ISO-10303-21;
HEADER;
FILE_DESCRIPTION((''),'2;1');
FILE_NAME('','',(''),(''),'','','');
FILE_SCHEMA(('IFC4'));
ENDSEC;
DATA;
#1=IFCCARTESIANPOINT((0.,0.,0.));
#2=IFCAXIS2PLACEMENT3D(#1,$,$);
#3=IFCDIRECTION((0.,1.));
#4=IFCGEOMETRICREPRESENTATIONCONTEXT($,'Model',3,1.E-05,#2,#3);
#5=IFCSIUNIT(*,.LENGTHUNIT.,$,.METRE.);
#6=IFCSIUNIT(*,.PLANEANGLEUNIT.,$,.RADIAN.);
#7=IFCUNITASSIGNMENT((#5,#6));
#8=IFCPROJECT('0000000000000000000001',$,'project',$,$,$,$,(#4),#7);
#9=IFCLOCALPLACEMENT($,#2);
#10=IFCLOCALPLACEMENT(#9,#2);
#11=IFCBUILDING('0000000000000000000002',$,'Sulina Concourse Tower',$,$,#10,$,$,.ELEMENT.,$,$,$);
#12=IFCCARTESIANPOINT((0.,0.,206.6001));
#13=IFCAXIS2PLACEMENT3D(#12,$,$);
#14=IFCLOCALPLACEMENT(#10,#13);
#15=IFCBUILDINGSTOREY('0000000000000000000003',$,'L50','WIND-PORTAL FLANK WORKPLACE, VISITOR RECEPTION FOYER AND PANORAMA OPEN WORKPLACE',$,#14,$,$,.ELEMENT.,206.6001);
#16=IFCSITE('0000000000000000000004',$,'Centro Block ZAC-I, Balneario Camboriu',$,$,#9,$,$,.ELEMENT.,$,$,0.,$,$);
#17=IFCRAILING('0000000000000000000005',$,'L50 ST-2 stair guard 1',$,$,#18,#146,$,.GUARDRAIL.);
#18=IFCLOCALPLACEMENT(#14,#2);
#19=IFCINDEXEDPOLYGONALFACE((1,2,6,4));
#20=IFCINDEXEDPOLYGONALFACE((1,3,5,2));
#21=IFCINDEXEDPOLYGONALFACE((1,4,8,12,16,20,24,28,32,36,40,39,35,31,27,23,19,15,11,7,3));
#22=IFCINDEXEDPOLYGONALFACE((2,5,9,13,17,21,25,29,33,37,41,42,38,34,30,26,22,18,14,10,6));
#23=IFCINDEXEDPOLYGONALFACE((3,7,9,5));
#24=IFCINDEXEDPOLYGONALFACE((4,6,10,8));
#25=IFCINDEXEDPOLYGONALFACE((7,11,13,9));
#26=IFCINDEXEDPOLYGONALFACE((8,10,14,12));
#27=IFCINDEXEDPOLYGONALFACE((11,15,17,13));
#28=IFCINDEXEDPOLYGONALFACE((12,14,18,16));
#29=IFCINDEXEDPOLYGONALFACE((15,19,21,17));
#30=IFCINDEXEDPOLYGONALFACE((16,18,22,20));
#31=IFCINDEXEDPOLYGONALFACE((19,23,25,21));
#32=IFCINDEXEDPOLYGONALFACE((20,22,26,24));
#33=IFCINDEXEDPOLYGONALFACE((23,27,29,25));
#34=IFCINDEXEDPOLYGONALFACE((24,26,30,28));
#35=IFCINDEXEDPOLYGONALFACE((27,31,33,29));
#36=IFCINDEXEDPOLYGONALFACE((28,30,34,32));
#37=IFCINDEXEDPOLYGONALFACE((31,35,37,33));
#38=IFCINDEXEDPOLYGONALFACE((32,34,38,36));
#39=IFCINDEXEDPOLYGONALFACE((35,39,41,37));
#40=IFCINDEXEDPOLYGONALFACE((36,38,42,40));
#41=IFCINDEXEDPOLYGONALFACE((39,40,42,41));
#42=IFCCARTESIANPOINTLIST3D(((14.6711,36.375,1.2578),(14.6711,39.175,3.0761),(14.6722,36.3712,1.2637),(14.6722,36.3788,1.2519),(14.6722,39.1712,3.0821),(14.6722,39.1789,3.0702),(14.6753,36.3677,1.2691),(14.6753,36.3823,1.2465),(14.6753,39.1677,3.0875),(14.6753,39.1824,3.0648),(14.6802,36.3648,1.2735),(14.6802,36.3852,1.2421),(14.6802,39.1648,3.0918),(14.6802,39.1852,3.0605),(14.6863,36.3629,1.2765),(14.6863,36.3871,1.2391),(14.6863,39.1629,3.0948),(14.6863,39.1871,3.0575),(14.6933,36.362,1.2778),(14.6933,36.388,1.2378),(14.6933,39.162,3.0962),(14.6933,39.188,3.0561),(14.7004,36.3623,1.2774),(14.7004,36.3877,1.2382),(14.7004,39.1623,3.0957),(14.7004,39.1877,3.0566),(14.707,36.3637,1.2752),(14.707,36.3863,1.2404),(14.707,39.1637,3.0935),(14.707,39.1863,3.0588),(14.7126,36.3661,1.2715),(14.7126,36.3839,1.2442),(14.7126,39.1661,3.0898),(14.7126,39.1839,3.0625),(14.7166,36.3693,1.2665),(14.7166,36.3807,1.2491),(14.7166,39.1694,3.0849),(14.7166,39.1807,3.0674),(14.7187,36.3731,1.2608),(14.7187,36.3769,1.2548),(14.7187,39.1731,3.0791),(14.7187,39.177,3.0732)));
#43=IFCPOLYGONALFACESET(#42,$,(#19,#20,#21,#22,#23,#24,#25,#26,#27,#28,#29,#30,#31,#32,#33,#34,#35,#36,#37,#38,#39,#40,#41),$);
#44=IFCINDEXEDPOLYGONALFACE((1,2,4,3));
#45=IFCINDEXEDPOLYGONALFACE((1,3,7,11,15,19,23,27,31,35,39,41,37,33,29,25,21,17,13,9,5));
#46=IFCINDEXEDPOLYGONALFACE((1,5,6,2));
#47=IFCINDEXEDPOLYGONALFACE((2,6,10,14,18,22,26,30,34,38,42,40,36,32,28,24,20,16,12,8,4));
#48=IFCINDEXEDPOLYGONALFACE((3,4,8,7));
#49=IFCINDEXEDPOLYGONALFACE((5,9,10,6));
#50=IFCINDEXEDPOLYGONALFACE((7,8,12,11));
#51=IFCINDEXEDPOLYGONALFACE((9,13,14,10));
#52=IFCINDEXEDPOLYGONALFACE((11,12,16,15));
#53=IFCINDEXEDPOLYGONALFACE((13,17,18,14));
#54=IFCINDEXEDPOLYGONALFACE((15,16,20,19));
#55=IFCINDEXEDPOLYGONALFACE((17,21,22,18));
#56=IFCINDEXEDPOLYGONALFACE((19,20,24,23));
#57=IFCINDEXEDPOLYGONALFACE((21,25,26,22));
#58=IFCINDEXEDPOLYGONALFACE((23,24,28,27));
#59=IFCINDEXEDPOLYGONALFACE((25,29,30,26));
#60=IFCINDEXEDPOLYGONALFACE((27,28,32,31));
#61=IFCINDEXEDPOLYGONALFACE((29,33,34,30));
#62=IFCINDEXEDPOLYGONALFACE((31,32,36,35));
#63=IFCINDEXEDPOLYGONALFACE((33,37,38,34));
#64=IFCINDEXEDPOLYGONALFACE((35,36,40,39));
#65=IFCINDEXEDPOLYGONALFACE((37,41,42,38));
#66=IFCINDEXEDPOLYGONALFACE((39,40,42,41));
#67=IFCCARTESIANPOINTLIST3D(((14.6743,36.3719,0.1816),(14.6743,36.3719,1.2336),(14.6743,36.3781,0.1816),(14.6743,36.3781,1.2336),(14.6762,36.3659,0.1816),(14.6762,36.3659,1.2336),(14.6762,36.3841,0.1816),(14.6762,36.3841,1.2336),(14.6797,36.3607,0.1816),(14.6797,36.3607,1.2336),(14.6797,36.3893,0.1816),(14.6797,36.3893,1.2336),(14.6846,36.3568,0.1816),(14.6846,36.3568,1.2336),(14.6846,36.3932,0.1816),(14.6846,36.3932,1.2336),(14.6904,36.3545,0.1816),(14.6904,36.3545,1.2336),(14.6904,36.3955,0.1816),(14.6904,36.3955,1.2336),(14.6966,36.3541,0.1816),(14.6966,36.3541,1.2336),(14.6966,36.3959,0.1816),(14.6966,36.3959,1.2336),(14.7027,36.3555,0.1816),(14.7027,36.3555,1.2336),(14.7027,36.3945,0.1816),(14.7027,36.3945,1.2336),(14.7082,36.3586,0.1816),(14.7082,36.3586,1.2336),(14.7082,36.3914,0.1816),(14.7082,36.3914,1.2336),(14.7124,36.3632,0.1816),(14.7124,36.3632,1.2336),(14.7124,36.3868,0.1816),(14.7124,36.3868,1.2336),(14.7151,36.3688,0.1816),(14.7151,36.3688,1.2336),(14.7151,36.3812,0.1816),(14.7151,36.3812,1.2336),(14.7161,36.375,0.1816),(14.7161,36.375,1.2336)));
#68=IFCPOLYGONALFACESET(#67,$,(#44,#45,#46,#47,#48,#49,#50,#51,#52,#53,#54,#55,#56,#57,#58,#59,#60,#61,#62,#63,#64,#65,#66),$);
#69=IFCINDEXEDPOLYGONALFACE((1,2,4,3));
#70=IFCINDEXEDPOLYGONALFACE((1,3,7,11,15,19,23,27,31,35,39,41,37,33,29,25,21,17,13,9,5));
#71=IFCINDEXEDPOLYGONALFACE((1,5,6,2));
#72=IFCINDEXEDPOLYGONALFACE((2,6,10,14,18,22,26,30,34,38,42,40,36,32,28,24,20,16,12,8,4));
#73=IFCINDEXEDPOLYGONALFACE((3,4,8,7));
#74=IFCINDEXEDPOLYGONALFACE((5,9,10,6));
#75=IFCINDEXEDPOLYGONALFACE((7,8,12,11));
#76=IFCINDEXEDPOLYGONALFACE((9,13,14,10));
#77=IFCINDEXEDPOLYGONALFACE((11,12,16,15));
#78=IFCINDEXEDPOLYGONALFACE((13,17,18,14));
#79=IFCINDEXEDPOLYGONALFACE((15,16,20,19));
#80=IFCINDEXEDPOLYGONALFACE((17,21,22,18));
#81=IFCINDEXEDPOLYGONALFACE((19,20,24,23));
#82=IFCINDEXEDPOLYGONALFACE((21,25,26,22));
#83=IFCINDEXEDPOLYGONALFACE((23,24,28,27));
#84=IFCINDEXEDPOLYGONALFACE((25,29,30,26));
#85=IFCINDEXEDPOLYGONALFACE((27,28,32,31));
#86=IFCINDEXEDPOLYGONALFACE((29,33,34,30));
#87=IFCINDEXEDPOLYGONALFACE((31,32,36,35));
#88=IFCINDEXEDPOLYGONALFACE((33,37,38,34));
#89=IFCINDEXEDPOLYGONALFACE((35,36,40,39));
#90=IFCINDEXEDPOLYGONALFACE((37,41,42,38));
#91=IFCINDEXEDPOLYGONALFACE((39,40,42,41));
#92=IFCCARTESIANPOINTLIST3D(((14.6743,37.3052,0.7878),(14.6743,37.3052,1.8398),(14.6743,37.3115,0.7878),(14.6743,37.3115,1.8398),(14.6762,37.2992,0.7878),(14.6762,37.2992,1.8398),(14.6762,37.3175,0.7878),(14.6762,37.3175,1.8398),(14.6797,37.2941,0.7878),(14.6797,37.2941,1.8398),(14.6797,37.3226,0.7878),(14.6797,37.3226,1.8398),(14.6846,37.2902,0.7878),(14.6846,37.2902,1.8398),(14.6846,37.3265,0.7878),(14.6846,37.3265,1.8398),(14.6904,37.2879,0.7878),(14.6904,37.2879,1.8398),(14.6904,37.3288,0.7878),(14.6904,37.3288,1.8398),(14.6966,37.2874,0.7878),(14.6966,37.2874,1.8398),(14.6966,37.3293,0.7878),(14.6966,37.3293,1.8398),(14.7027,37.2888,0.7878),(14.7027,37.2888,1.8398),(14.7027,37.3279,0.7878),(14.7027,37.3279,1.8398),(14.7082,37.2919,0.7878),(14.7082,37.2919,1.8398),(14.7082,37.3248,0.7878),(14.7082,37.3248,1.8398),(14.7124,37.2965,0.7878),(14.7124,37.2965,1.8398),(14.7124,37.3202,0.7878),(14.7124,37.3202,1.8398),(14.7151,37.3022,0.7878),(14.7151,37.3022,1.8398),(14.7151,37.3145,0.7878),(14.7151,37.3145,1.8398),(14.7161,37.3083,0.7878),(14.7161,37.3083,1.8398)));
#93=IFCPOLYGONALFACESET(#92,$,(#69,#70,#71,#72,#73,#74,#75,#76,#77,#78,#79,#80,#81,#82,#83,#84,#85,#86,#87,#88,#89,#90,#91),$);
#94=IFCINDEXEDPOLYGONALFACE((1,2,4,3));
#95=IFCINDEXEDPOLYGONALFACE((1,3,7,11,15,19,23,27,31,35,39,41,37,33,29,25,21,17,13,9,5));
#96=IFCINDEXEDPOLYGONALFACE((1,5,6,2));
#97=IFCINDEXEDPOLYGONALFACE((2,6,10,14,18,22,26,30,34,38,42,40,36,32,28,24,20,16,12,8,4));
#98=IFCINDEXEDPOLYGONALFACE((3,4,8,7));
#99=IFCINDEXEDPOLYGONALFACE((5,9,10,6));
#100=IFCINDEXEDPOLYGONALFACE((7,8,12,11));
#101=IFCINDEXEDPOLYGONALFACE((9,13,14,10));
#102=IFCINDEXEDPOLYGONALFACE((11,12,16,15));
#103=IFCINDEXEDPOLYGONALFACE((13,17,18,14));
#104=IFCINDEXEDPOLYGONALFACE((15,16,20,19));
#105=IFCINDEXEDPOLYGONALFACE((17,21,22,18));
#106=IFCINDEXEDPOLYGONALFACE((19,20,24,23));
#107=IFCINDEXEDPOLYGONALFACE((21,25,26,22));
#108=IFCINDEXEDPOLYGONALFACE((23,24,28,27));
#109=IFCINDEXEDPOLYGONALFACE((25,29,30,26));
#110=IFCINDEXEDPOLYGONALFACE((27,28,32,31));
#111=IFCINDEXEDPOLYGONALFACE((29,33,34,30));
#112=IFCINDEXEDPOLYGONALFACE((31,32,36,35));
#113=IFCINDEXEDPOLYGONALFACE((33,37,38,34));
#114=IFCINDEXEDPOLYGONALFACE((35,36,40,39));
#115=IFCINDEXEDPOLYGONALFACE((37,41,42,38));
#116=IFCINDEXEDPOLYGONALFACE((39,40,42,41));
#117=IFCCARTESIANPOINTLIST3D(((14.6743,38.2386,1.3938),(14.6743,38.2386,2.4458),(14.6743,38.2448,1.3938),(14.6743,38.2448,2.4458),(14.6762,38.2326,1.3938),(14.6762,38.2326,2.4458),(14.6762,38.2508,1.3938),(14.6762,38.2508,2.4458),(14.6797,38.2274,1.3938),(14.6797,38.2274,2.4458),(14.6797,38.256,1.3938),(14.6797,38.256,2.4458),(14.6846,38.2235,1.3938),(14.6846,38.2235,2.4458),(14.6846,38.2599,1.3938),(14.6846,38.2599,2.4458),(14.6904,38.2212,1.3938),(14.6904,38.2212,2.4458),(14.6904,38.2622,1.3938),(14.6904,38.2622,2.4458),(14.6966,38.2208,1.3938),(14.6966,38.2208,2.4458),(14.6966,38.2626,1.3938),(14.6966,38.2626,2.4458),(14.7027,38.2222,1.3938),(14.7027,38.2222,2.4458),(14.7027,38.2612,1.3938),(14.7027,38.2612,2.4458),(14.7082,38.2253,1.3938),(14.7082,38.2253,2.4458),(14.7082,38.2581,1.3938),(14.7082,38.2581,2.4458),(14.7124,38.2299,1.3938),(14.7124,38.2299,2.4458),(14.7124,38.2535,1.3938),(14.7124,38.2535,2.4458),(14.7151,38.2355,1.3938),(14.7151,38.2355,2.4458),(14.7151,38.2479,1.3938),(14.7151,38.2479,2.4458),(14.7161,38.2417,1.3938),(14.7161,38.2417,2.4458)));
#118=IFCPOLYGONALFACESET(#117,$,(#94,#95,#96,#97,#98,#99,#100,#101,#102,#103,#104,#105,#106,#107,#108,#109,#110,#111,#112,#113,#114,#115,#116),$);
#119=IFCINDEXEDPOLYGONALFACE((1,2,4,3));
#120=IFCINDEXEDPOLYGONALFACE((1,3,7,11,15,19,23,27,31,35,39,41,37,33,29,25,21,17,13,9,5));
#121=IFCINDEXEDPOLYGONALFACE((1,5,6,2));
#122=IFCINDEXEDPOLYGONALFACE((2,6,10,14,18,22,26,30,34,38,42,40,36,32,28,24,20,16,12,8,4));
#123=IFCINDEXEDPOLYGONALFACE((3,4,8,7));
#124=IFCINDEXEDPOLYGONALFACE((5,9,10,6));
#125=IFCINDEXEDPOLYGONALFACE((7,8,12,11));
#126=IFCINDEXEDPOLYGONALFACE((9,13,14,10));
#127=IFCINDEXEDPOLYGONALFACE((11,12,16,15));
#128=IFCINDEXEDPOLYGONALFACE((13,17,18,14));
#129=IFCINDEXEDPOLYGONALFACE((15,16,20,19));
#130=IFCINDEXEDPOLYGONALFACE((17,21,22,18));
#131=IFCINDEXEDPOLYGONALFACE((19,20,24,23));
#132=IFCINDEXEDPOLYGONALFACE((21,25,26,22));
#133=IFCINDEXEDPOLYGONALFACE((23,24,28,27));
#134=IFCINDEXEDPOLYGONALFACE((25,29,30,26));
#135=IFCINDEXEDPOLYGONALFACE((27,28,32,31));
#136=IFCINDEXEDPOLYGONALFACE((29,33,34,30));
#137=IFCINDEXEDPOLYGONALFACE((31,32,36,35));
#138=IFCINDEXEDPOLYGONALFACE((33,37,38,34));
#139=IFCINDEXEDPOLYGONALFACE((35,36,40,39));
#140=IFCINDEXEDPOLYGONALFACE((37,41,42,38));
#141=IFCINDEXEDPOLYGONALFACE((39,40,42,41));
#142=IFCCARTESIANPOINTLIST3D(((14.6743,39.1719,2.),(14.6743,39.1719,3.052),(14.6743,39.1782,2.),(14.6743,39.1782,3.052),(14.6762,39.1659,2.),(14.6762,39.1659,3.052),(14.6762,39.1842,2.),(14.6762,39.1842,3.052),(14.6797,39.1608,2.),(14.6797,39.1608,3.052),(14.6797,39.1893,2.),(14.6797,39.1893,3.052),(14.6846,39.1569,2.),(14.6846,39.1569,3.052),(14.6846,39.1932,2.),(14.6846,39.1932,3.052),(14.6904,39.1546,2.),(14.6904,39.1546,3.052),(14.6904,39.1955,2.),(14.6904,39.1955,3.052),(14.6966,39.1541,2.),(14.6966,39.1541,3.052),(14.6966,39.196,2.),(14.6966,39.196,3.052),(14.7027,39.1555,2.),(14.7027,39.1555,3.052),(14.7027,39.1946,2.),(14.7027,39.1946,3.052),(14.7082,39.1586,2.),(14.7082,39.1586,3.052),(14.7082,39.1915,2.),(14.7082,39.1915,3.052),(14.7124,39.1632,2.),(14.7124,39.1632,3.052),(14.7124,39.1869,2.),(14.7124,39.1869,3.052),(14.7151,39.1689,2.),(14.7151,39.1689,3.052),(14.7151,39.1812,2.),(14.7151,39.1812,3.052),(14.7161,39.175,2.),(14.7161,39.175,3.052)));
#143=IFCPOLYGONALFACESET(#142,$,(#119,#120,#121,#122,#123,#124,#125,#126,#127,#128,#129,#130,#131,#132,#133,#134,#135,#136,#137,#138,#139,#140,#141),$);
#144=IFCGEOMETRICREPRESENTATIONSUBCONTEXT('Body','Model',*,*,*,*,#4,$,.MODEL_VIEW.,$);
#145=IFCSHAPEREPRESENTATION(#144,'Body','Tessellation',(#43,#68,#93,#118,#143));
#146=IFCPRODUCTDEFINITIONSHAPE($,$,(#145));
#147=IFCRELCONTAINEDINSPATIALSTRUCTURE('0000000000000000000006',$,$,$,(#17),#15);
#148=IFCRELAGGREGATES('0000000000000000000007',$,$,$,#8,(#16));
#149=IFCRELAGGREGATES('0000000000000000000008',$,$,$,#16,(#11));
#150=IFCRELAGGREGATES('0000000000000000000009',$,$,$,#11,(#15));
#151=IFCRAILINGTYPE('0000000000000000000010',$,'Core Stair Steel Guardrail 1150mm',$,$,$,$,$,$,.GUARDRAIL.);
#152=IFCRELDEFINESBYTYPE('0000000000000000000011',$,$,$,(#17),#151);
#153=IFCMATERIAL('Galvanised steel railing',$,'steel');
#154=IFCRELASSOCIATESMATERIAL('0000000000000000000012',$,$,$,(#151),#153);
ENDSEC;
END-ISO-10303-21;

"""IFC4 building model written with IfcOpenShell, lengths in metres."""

from ifc_helpers import new_model, si_unit, direction, frame, origin, origin_2d, place, context, subcontext, project, spatial, circle, extrude, material, type_object, element, save


model = new_model("IFC4")

# Units and contexts
model_context = context("Model", 3, precision=1e-05, world=origin(), true_north=direction((0.0, 1.0)))
body_context = subcontext(model_context, "Body", "Model", "MODEL_VIEW")
ifc_project = project(units=[si_unit("LENGTHUNIT", "METRE"), si_unit("PLANEANGLEUNIT", "RADIAN")], contexts=[model_context])

# Site, building, storey
site_placement = place(None, origin())
site = spatial("IfcSite", under=ifc_project, at=site_placement, Name="Centro Block ZAC-I, Balneario Camboriu", CompositionType="ELEMENT", RefElevation=0.0)
building_placement = place(site_placement, origin())
building = spatial("IfcBuilding", under=site, at=building_placement, Name="Sulina Concourse Tower", CompositionType="ELEMENT")
storey_placement = place(building_placement, frame((0.0, 0.0, 206.6001)))
storey = spatial("IfcBuildingStorey", under=building, at=storey_placement, Name="L50", Description="WIND-PORTAL FLANK WORKPLACE, VISITOR RECEPTION FOYER AND PANORAMA OPEN WORKPLACE", CompositionType="ELEMENT", Elevation=206.6001)

# Railing
ifc_material_1 = material(Name="Galvanised steel railing", Category="steel")
railing_type_1 = type_object("IfcRailingType", Name="Core Stair Steel Guardrail 1150mm", PredefinedType="GUARDRAIL", material=ifc_material_1)
railing_1_placement = place(storey_placement, frame((14.6951, 36.375, 0.1816)))
element("IfcRailing", 1, at=railing_1_placement, inside=storey, type_object=railing_type_1, Name="L50 ST-2 stair guard 1", PredefinedType="GUARDRAIL", context=body_context, shape_type="SweptSolid", body=[
    extrude(circle(Radius=0.0239, at=origin_2d()), frame((0.0, 0.0, 1.0762), z_axis=(0.0, 0.838672, 0.544636), x_axis=(-1.0, 0.0, 0.0)), (0.0, 0.0, 1.0), 3.3386),
    extrude(circle(Radius=0.021, at=origin_2d()), origin(), (0.0, 0.0, 1.0), 1.052),
    extrude(circle(Radius=0.021, at=origin_2d()), frame((0.0, 0.9333, 0.6062)), (0.0, 0.0, 1.0), 1.052),
    extrude(circle(Radius=0.021, at=origin_2d()), frame((0.0, 1.8667, 1.2122)), (0.0, 0.0, 1.0), 1.052),
    extrude(circle(Radius=0.021, at=origin_2d()), frame((0.0, 2.8, 1.8184)), (0.0, 0.0, 1.0), 1.052),
])

save(model, "model.ifc")
